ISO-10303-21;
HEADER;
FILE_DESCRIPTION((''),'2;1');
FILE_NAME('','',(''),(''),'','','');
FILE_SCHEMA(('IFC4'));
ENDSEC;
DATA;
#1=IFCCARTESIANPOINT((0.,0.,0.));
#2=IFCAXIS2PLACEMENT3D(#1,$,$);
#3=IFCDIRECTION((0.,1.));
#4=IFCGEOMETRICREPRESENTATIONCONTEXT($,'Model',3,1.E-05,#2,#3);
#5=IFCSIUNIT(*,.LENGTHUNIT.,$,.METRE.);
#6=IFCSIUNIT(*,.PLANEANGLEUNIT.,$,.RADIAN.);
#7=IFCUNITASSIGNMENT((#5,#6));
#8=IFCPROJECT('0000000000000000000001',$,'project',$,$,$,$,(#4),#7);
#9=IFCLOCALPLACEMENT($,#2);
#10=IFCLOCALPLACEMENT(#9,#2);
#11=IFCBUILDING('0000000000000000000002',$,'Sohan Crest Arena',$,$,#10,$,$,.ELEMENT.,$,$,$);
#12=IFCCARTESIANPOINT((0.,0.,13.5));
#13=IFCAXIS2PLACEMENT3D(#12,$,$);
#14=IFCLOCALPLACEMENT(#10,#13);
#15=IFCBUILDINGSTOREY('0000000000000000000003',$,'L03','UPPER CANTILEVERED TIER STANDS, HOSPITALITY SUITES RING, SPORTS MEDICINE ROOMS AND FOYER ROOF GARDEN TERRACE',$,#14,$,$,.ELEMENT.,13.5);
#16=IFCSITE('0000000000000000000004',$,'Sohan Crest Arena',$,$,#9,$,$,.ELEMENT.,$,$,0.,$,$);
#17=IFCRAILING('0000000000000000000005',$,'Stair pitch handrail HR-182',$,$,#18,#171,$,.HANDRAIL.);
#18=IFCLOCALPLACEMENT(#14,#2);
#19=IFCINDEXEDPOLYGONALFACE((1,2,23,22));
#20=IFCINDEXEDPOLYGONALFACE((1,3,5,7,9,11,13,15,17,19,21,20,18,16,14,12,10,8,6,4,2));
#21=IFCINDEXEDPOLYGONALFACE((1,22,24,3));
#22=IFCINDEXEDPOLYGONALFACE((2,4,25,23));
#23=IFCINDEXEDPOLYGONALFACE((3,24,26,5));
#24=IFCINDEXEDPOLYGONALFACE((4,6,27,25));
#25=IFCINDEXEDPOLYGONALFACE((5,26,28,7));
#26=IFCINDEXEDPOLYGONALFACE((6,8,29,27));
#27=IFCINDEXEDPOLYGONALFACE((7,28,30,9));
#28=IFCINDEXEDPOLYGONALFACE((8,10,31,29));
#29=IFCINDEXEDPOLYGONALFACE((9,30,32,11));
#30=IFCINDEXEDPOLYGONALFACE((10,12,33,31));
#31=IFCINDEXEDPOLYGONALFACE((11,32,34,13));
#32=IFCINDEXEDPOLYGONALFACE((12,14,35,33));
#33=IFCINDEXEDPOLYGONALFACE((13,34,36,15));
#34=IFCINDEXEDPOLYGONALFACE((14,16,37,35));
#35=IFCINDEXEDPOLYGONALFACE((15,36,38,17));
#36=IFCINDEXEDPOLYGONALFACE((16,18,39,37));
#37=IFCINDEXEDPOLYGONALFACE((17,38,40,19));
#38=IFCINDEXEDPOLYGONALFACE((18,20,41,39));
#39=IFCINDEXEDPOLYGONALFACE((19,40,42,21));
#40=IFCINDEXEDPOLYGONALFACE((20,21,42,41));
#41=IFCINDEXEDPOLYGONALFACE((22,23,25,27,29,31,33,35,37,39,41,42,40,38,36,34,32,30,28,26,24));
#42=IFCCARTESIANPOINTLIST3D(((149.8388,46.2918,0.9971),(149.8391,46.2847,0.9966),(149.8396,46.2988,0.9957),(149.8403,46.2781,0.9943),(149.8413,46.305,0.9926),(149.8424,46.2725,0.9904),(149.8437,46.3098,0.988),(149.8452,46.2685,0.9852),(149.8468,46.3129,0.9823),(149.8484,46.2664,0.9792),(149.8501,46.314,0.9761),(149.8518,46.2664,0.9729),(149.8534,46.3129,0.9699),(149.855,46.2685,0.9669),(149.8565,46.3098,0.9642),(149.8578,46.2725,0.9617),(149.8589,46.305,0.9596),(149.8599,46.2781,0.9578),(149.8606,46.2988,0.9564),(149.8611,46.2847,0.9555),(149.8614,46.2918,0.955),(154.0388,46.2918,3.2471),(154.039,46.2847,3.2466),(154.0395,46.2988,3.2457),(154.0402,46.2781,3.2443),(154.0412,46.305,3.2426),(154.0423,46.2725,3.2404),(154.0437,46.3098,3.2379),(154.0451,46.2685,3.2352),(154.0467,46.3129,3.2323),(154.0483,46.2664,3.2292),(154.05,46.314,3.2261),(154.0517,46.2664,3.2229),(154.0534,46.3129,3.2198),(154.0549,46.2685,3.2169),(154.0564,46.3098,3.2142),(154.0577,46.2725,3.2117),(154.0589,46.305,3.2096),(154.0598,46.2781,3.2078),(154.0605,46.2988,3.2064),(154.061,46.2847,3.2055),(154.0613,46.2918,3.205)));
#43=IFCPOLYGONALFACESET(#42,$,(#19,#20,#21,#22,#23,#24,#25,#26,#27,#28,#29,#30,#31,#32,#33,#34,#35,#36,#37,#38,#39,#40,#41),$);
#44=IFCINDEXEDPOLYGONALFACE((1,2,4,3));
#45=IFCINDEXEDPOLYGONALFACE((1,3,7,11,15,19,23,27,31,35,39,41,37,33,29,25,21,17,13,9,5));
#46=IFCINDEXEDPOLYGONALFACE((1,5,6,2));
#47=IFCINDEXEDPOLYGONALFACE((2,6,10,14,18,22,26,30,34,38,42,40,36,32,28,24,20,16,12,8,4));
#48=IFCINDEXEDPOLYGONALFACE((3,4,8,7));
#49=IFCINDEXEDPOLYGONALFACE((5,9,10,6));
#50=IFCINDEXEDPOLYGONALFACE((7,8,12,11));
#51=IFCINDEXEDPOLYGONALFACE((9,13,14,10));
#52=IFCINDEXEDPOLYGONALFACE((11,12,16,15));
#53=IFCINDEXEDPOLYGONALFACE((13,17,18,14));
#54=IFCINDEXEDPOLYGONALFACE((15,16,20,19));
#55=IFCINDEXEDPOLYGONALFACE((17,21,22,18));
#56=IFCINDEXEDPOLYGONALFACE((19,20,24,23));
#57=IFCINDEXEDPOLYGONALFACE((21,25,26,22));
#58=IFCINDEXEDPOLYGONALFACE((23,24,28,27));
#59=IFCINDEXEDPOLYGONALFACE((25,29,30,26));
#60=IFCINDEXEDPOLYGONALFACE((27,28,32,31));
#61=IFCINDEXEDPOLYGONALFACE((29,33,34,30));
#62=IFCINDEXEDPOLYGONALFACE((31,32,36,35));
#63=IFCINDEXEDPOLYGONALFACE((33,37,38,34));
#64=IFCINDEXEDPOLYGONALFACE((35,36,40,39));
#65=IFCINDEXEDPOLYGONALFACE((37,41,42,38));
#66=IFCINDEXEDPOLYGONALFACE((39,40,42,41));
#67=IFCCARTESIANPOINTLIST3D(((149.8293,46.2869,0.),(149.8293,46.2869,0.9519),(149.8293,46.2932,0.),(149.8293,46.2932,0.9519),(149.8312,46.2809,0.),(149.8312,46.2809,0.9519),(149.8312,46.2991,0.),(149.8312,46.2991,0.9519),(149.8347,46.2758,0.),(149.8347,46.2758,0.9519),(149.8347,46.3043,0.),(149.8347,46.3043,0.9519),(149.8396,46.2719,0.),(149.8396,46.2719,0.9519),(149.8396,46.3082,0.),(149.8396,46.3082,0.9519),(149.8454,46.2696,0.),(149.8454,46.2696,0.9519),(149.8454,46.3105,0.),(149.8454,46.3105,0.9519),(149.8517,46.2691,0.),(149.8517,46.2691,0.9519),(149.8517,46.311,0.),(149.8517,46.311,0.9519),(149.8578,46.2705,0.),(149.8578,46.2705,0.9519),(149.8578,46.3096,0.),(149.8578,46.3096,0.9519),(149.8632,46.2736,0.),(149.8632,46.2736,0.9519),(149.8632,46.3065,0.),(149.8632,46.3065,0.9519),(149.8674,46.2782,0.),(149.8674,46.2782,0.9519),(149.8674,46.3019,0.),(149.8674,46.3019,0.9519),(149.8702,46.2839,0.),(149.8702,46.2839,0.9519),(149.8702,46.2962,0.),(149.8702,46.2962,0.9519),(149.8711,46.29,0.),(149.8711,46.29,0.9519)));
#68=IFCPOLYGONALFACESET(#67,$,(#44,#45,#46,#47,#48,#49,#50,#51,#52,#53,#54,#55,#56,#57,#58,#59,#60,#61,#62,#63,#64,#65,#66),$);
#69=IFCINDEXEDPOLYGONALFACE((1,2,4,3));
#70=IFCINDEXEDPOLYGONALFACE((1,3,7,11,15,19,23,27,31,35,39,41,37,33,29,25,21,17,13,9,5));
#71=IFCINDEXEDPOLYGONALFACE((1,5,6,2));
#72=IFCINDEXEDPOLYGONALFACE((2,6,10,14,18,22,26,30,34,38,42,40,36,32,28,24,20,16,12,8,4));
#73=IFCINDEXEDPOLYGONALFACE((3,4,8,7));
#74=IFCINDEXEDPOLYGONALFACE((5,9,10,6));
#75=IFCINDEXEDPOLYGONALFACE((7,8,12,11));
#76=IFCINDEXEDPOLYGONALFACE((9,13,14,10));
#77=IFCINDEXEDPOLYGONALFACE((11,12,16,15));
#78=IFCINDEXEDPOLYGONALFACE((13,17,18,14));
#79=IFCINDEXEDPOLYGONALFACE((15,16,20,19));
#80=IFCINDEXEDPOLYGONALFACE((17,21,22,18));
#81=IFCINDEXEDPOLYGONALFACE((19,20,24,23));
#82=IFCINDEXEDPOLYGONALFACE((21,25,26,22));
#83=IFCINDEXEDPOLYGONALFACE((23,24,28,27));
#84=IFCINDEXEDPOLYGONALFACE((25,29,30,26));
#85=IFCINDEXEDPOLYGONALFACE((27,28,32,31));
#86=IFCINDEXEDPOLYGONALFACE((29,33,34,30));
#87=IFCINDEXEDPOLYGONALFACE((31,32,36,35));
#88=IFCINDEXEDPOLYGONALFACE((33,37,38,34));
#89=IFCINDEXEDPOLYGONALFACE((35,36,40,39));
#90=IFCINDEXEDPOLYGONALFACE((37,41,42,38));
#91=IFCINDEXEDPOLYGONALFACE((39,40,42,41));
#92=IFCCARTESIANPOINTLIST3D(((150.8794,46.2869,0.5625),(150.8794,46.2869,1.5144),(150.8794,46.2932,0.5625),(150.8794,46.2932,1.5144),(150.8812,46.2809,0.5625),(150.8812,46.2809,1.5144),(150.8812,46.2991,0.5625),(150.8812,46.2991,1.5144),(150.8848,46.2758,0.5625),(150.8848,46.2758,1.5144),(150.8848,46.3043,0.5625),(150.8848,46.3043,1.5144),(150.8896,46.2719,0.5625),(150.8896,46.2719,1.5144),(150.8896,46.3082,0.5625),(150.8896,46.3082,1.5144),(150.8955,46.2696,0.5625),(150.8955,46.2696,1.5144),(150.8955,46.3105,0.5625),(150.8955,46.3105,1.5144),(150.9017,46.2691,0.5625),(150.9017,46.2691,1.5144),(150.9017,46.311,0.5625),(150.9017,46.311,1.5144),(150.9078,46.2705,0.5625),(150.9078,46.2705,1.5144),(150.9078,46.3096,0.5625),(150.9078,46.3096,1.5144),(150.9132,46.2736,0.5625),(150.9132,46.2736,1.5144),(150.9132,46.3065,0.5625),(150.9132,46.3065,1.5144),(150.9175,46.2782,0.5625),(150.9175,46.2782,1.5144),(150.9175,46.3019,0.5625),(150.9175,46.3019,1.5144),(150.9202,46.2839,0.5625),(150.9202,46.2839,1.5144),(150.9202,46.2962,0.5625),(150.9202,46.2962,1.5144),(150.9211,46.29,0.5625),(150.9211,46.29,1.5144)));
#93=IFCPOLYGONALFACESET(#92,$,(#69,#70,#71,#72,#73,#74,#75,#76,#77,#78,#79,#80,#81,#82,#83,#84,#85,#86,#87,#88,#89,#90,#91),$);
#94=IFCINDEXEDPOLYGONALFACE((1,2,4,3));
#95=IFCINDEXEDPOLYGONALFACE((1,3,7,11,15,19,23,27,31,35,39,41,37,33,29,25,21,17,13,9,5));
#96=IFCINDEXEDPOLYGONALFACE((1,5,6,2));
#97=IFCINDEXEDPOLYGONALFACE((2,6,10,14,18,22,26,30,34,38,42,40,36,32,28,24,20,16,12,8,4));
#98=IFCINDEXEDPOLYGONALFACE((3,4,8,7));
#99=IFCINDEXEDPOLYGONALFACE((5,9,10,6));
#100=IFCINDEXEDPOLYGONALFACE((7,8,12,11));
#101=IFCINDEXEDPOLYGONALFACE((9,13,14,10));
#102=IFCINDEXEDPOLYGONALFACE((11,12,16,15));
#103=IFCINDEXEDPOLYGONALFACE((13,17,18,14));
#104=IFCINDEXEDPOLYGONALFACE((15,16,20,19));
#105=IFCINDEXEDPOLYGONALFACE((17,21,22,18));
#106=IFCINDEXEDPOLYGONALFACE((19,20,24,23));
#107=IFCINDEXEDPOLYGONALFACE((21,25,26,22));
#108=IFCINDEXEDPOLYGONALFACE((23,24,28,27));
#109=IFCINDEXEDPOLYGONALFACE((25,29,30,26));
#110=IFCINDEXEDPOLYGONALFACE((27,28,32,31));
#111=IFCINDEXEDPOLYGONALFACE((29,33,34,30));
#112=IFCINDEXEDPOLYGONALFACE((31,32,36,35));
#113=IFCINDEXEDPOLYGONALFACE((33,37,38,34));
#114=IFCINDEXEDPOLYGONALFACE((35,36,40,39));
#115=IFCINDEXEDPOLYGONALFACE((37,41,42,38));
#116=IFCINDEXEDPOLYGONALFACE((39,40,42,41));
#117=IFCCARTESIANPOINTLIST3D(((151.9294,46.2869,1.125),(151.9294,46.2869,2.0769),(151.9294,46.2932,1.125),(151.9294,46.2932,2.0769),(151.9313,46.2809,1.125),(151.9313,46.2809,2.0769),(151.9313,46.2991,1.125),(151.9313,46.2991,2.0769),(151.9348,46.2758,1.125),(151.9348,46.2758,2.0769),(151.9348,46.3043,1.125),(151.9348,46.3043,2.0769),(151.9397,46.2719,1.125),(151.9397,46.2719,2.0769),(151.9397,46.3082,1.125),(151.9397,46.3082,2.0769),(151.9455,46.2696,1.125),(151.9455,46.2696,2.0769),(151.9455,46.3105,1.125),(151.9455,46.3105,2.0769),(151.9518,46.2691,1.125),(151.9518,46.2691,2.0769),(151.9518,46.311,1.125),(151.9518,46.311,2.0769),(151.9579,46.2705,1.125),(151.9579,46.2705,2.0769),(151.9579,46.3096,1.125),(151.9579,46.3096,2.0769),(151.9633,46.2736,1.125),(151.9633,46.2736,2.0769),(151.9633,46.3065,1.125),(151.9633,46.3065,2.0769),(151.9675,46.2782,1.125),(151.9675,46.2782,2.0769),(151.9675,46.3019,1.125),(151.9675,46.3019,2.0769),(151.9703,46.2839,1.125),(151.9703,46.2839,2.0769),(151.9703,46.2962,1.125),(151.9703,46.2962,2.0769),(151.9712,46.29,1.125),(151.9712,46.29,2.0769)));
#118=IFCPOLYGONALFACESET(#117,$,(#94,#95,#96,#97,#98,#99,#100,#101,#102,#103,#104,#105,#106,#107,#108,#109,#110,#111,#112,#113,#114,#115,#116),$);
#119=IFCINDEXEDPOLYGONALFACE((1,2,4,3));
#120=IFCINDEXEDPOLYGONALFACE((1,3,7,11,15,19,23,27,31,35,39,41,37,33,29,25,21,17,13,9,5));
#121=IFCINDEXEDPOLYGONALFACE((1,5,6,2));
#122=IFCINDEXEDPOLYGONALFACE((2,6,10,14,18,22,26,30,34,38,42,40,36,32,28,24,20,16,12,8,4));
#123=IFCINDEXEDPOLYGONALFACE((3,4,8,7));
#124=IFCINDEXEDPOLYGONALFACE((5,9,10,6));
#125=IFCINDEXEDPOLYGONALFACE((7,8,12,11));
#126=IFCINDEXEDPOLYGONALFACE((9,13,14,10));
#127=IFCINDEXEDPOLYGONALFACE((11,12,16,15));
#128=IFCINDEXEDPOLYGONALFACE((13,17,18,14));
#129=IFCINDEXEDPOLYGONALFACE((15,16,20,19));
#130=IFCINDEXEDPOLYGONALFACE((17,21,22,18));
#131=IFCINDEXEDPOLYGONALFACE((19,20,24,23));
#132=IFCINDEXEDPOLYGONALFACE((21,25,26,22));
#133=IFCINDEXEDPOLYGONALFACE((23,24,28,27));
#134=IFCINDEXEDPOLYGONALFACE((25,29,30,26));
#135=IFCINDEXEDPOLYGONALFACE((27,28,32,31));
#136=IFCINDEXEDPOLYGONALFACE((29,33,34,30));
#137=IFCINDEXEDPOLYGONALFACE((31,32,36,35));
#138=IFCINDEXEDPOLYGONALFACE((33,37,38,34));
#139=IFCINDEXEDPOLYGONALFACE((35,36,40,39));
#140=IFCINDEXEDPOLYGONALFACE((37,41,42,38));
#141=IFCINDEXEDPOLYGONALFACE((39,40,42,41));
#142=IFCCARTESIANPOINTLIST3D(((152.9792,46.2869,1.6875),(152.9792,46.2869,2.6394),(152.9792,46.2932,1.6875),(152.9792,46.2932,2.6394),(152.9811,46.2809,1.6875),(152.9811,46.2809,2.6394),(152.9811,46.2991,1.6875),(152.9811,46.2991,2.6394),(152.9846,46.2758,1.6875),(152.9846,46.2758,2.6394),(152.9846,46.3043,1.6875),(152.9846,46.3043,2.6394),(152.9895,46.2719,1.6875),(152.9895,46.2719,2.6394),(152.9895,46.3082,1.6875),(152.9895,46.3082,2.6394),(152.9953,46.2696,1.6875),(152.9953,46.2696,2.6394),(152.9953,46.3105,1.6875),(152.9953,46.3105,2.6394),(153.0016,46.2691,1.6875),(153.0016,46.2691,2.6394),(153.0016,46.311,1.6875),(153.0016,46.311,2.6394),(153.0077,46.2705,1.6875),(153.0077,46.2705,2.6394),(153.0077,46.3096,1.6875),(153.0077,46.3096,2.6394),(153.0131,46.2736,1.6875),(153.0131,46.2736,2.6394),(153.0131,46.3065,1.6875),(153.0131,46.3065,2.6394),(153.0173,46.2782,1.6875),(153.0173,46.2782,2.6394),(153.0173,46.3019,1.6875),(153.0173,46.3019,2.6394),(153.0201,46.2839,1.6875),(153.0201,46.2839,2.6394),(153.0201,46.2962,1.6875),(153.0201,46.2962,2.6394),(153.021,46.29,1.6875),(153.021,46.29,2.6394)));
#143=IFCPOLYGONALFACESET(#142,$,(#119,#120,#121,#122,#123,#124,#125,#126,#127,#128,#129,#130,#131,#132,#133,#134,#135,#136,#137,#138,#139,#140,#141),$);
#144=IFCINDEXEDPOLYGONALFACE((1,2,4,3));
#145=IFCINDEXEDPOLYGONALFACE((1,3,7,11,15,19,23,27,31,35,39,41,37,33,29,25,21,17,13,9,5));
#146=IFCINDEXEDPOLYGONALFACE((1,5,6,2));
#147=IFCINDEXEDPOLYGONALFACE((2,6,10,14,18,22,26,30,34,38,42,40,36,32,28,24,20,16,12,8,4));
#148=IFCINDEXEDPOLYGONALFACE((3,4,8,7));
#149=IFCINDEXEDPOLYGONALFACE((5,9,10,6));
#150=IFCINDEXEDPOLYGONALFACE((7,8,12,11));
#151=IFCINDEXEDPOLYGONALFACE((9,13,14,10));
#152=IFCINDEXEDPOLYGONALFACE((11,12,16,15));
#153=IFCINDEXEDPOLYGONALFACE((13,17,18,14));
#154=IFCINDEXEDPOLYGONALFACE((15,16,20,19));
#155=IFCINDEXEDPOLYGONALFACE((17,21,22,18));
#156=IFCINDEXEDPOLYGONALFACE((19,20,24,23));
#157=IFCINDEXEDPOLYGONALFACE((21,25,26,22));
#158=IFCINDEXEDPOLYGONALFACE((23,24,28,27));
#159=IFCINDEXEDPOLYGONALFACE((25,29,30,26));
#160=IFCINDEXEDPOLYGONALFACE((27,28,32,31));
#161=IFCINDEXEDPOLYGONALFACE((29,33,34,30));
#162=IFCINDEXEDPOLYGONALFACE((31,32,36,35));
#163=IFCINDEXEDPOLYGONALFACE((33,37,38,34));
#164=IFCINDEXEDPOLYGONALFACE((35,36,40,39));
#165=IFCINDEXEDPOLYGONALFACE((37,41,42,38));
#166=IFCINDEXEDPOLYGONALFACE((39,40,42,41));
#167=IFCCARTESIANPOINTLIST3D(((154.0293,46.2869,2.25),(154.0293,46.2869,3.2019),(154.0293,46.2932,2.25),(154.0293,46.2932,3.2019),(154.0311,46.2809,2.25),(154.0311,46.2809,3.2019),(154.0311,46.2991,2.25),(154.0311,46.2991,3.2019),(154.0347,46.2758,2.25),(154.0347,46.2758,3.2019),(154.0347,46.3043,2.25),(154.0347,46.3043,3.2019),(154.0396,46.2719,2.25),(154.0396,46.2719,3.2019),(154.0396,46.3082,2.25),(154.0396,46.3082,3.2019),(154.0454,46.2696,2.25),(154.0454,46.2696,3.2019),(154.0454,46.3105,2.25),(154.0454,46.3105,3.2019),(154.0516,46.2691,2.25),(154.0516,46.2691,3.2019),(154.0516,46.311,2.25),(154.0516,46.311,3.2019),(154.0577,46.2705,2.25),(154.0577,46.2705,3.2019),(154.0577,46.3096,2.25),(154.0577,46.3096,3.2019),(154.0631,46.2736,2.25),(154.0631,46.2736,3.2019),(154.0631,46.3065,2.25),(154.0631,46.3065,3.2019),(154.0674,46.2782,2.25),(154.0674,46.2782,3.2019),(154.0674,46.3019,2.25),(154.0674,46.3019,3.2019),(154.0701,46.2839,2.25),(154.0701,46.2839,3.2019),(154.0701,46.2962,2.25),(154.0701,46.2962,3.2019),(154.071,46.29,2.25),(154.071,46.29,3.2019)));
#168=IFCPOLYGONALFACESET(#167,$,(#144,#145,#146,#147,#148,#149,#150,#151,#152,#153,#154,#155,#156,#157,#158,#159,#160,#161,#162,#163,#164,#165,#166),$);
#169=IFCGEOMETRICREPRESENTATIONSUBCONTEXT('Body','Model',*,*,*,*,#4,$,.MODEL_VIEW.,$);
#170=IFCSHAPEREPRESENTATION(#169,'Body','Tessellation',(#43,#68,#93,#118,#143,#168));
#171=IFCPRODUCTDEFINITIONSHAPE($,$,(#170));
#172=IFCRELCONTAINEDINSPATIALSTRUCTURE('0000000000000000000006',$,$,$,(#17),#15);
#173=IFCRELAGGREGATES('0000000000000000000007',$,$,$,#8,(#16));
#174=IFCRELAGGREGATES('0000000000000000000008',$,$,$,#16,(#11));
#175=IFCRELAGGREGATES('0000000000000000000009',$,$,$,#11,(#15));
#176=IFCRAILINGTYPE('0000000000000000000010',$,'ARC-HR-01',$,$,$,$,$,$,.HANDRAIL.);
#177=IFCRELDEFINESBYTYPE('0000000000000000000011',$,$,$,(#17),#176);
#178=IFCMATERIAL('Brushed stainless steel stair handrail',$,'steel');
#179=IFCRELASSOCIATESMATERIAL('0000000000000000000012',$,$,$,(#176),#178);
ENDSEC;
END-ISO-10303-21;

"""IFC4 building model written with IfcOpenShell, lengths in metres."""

from ifc_helpers import new_model, si_unit, direction, frame, origin, origin_2d, place, context, subcontext, project, spatial, circle, extrude, material, type_object, element, save


model = new_model("IFC4")

# Units and contexts
model_context = context("Model", 3, precision=1e-05, world=origin(), true_north=direction((0.0, 1.0)))
body_context = subcontext(model_context, "Body", "Model", "MODEL_VIEW")
ifc_project = project(units=[si_unit("LENGTHUNIT", "METRE"), si_unit("PLANEANGLEUNIT", "RADIAN")], contexts=[model_context])

# Site, building, storey
site_placement = place(None, origin())
site = spatial("IfcSite", under=ifc_project, at=site_placement, Name="Sohan Crest Arena", CompositionType="ELEMENT", RefElevation=0.0)
building_placement = place(site_placement, origin())
building = spatial("IfcBuilding", under=site, at=building_placement, Name="Sohan Crest Arena", CompositionType="ELEMENT")
storey_placement = place(building_placement, frame((0.0, 0.0, 13.5)))
storey = spatial("IfcBuildingStorey", under=building, at=storey_placement, Name="L03", Description="UPPER CANTILEVERED TIER STANDS, HOSPITALITY SUITES RING, SPORTS MEDICINE ROOMS AND FOYER ROOF GARDEN TERRACE", CompositionType="ELEMENT", Elevation=13.5)

# Railing
ifc_material_1 = material(Name="Brushed stainless steel stair handrail", Category="steel")
railing_type_1 = type_object("IfcRailingType", Name="ARC-HR-01", PredefinedType="HANDRAIL", material=ifc_material_1)
for number, where, name in (
    (1, (149.8501, 46.29, 0.0), "Stair pitch handrail HR-182"),
):
    element("IfcRailing", number, at=place(storey_placement, frame(where)), inside=storey, type_object=railing_type_1, Name=name, PredefinedType="HANDRAIL", context=body_context, shape_type="SweptSolid", body=[
        extrude(circle(Radius=0.0239, at=origin_2d()), frame((0.0, 0.0, 0.9761), z_axis=(0.881478, 0.0, 0.472226), x_axis=(0.0, 1.0, 0.0)), (0.0, 0.0, 1.0), 4.7646),
        extrude(circle(Radius=0.021, at=origin_2d()), origin(), (0.0, 0.0, 1.0), 0.9519),
        extrude(circle(Radius=0.021, at=origin_2d()), frame((1.05, 0.0, 0.5625)), (0.0, 0.0, 1.0), 0.9519),
        extrude(circle(Radius=0.021, at=origin_2d()), frame((2.1001, 0.0, 1.125)), (0.0, 0.0, 1.0), 0.9519),
        extrude(circle(Radius=0.021, at=origin_2d()), frame((3.1499, 0.0, 1.6875)), (0.0, 0.0, 1.0), 0.9519),
        extrude(circle(Radius=0.021, at=origin_2d()), frame((4.2, 0.0, 2.25)), (0.0, 0.0, 1.0), 0.9519),
    ])

save(model, "model.ifc")
